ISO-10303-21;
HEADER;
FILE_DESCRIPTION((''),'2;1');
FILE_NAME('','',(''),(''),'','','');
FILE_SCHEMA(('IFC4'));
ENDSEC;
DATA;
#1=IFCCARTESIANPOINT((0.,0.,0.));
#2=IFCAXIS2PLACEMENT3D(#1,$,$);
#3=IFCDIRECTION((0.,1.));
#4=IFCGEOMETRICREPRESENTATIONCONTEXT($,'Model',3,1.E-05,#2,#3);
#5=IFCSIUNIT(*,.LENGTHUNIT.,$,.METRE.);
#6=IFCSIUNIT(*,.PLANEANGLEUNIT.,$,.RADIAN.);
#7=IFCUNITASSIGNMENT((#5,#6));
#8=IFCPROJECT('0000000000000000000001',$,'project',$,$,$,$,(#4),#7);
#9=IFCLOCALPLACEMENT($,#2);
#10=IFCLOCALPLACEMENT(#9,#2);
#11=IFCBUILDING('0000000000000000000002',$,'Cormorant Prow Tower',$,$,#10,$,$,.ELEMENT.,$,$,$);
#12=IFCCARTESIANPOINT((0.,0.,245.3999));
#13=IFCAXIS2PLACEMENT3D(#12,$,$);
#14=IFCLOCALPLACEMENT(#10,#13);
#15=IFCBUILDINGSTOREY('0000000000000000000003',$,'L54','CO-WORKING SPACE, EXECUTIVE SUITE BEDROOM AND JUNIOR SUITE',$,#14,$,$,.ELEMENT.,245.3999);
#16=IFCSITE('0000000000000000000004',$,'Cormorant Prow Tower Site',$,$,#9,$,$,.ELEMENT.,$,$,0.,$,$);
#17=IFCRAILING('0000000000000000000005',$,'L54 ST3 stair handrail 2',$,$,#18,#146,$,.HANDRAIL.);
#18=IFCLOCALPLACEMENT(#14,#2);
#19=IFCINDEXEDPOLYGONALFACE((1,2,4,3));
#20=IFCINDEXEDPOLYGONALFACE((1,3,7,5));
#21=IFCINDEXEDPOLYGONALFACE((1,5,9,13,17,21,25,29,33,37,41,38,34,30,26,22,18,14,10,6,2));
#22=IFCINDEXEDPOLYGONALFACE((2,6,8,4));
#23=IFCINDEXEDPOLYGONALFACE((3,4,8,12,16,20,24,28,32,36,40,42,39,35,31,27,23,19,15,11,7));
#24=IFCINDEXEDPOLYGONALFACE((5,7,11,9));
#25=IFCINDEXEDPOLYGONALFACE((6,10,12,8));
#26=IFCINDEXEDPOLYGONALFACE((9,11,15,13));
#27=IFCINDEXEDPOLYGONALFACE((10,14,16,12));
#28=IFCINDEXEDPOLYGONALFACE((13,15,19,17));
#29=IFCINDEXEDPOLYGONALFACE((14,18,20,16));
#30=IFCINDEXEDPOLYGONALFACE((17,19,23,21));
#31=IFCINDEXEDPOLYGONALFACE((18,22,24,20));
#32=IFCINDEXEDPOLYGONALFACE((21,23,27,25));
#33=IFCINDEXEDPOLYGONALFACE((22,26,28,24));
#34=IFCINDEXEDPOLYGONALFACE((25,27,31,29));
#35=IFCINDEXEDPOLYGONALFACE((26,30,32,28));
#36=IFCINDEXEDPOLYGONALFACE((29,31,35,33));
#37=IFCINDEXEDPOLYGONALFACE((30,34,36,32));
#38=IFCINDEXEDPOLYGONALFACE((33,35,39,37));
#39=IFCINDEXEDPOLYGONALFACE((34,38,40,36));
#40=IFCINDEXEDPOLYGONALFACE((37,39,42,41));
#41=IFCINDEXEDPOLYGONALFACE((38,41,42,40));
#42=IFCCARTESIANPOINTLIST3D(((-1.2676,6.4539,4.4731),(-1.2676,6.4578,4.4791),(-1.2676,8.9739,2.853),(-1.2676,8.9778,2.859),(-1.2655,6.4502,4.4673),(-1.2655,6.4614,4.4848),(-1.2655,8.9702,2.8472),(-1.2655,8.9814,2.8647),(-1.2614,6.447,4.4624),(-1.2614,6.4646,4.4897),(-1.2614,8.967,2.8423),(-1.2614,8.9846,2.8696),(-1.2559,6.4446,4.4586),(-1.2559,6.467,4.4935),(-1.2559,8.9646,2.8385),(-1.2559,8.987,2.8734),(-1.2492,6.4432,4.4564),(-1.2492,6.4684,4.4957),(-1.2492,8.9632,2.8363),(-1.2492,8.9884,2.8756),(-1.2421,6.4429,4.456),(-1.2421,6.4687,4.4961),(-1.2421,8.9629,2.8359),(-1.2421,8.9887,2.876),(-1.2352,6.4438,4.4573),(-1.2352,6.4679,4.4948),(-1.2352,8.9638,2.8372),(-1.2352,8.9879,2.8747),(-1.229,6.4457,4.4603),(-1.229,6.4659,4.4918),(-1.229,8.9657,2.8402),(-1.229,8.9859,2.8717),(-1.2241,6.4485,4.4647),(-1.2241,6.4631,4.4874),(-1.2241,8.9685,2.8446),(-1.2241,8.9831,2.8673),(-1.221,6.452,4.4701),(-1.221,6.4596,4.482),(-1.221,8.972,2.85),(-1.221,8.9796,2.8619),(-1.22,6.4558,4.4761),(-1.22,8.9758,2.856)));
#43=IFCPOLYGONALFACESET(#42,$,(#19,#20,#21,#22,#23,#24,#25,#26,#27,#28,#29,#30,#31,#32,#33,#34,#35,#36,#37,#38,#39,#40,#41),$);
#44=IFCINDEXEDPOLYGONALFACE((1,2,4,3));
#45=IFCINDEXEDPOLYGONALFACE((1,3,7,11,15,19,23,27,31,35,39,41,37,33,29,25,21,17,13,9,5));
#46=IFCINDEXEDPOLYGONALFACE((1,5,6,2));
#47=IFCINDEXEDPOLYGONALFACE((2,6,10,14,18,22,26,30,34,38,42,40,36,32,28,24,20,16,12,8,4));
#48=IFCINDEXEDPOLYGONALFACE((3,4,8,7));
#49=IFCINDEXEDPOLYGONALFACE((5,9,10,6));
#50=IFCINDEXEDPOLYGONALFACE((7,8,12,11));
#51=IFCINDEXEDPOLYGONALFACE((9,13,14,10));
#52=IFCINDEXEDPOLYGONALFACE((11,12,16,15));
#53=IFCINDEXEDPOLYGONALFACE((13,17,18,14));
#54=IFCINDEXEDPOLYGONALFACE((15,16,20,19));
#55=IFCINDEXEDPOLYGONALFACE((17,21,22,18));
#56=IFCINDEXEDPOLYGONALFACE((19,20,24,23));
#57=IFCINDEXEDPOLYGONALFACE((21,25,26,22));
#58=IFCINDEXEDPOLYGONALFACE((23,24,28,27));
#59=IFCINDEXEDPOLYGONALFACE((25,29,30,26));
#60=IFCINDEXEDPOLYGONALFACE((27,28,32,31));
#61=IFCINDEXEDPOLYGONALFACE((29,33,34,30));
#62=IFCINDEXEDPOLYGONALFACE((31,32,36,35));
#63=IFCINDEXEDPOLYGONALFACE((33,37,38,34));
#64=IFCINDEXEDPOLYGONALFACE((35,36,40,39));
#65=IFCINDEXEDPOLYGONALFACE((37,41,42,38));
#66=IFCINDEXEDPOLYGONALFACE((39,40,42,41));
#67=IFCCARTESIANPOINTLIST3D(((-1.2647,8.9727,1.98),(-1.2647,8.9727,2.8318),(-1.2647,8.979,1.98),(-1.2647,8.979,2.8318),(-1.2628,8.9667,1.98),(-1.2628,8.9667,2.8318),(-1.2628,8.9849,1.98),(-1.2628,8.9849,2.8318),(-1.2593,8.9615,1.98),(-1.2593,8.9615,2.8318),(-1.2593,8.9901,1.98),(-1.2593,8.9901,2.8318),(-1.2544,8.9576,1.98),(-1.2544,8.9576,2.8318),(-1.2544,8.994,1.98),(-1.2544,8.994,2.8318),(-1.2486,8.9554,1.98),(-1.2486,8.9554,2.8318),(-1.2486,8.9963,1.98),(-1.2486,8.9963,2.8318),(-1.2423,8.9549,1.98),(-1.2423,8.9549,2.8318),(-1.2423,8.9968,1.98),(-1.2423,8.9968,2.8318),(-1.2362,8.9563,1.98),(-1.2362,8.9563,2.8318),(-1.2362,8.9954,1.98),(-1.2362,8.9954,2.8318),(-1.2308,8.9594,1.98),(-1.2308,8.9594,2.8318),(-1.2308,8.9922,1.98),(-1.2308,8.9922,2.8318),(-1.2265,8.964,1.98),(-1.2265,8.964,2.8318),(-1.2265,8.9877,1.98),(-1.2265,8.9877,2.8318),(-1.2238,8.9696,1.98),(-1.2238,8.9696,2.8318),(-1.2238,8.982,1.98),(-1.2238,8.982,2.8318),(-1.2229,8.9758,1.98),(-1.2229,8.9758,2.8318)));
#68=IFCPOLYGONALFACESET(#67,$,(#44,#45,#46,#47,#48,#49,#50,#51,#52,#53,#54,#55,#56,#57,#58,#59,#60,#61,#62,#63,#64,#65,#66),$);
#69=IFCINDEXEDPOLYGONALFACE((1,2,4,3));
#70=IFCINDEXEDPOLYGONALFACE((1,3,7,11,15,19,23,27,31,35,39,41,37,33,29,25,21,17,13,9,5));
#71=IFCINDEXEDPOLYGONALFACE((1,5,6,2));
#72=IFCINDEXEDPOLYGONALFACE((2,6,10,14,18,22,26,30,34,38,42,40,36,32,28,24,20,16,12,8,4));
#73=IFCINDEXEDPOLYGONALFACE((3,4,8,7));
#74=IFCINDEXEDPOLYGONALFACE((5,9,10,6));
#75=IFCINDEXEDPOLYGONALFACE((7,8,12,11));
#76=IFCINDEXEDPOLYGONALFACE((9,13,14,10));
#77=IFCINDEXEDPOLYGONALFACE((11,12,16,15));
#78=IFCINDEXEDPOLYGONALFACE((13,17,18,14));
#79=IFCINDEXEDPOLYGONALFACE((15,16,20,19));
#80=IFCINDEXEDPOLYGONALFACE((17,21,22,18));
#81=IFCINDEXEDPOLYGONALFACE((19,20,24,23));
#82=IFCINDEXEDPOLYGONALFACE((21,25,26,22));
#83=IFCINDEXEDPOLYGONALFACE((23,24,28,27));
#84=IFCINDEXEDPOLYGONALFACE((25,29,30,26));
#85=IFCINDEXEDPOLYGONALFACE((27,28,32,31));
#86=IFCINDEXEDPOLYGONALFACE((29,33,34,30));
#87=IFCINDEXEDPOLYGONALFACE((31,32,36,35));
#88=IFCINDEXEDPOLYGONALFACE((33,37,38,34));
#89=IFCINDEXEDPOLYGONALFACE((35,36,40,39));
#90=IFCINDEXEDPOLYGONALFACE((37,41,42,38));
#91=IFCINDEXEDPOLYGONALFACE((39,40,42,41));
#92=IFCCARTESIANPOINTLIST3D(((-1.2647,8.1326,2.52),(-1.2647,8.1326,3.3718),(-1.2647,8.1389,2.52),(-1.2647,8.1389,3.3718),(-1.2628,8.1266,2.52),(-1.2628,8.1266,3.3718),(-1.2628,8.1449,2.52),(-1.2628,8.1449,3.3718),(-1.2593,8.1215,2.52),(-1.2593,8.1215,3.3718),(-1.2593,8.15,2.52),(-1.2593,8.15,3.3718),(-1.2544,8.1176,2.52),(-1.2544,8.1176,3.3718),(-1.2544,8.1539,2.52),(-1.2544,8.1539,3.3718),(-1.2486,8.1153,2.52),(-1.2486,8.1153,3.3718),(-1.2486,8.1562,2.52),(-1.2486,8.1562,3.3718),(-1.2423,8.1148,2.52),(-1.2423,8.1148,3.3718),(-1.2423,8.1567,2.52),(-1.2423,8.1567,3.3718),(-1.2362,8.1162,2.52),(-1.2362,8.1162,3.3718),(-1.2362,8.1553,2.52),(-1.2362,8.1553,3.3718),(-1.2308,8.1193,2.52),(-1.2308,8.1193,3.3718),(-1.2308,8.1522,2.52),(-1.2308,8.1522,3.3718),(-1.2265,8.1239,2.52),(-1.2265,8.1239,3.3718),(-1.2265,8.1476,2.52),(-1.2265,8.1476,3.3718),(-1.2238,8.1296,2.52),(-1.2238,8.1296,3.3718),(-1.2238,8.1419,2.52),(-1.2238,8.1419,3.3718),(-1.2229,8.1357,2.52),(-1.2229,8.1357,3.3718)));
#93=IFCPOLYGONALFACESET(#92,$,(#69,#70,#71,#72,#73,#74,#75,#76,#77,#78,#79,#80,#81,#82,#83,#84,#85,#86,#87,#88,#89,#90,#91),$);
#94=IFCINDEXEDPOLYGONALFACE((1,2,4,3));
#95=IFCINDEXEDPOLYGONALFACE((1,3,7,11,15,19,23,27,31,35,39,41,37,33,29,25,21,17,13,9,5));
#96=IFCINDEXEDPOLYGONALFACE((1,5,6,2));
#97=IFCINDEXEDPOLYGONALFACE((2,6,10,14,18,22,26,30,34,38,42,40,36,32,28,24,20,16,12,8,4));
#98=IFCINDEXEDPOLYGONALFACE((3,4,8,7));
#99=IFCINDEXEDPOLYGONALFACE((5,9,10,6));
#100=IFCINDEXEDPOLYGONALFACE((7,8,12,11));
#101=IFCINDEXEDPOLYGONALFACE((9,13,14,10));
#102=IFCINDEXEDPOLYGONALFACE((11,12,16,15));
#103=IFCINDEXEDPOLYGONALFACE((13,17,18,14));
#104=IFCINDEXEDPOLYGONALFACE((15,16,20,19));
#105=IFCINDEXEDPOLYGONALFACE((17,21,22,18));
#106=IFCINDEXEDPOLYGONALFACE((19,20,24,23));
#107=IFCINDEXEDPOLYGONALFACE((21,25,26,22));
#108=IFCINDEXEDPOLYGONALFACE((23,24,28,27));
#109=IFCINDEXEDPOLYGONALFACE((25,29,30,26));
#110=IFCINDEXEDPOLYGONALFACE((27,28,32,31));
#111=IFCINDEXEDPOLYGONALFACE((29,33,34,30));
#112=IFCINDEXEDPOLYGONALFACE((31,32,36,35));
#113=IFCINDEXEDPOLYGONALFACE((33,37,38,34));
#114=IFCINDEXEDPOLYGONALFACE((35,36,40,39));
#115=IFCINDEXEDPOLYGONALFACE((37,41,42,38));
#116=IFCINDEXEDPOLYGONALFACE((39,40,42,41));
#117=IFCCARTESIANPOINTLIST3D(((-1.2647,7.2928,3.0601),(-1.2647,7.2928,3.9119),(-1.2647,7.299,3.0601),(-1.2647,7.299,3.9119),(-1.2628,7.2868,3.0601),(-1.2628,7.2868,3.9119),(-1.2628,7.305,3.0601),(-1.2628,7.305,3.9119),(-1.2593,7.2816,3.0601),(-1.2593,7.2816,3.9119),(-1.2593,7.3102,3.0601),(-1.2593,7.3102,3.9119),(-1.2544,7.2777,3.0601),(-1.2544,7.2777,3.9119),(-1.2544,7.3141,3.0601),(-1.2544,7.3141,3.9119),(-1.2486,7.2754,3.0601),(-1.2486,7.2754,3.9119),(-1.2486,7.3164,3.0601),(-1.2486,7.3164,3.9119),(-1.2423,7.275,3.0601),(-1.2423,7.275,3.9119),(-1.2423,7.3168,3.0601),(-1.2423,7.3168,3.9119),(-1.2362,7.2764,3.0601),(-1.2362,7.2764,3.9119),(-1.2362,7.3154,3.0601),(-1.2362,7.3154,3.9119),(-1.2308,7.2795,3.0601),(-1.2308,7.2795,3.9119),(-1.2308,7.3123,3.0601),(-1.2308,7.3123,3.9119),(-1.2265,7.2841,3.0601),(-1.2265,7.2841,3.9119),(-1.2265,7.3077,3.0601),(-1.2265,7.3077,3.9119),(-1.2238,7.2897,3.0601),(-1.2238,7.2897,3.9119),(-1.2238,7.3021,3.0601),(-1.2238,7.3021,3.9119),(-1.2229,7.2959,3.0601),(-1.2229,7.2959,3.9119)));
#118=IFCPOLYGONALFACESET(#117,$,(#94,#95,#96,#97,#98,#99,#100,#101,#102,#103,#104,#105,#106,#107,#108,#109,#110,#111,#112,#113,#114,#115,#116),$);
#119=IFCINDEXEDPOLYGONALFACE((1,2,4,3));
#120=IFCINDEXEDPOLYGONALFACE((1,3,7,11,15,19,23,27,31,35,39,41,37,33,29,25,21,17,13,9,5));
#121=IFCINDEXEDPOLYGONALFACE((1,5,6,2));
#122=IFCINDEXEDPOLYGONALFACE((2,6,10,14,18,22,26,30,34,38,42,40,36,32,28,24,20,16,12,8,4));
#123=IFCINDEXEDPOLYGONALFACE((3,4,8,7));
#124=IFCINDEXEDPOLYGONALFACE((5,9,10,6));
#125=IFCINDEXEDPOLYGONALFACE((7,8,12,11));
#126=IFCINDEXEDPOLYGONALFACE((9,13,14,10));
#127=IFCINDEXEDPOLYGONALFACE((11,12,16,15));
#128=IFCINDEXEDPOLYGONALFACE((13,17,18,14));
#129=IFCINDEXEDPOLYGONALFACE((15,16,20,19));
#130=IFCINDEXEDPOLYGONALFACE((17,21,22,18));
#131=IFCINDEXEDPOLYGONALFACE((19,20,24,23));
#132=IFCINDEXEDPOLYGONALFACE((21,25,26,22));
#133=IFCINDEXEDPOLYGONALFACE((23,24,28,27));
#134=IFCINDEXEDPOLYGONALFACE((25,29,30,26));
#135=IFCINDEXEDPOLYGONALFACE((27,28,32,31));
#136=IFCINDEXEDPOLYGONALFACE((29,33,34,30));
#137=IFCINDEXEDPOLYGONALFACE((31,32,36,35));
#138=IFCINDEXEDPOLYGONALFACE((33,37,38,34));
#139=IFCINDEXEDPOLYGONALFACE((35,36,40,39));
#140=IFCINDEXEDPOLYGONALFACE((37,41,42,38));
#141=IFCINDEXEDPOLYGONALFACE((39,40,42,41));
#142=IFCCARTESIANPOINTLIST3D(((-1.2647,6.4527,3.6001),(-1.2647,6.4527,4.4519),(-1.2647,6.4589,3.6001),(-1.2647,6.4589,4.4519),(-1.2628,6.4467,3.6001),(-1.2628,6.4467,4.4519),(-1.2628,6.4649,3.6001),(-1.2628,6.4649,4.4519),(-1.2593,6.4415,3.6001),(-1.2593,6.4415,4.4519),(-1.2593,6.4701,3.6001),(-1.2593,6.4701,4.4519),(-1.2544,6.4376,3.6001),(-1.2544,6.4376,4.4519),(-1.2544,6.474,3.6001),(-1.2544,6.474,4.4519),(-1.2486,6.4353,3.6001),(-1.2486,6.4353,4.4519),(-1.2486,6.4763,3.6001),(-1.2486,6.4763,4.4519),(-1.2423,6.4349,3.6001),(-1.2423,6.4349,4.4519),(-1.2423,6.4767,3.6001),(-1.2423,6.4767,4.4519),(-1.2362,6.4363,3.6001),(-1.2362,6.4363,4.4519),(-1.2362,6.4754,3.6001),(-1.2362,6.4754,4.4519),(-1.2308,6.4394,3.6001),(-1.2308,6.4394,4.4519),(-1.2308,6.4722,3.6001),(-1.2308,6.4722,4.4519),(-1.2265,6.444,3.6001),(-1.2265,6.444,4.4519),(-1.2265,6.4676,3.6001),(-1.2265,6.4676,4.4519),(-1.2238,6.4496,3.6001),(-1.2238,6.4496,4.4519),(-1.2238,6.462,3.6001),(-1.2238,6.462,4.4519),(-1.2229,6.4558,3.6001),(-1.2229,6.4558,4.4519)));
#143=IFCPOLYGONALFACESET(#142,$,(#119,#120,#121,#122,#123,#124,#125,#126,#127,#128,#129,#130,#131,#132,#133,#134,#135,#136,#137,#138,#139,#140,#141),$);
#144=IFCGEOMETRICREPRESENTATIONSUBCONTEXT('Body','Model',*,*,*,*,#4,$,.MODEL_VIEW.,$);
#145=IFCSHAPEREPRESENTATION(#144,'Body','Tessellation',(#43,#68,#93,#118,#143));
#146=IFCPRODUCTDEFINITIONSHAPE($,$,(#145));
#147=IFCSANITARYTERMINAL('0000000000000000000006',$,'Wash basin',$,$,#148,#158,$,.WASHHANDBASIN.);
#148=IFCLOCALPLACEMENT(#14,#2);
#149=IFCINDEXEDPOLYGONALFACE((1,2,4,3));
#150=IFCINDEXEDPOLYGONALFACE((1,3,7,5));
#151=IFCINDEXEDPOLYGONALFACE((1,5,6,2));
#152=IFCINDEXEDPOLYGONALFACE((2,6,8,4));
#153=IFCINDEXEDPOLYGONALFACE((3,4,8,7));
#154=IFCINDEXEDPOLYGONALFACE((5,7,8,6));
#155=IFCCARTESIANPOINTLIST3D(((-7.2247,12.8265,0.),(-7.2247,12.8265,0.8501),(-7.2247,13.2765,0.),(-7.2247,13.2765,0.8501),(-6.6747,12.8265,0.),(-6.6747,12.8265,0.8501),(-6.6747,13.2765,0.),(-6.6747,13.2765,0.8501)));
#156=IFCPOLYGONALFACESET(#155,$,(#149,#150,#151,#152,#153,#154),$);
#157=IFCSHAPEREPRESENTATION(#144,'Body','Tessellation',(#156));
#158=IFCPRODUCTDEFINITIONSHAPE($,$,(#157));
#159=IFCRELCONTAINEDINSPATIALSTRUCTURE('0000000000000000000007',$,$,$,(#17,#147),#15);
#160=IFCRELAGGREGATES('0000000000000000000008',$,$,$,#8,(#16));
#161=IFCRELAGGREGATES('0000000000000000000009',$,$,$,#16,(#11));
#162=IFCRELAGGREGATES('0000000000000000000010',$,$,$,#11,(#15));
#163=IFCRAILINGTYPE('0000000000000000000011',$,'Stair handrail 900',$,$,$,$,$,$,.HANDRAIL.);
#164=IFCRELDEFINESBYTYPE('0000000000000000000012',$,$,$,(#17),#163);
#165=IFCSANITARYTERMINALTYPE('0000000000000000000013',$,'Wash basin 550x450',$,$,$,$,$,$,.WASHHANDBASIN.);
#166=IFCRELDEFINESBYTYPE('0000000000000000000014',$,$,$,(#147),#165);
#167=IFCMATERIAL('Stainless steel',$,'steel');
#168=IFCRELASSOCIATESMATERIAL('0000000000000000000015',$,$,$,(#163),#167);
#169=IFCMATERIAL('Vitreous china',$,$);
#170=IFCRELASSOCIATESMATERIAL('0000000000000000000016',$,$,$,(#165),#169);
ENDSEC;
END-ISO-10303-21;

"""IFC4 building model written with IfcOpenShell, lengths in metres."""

from ifc_helpers import new_model, si_unit, direction, frame, origin, origin_2d, place, context, subcontext, project, spatial, rectangle, circle, extrude, material, type_object, element, save


model = new_model("IFC4")

# Units and contexts
model_context = context("Model", 3, precision=1e-05, world=origin(), true_north=direction((0.0, 1.0)))
body_context = subcontext(model_context, "Body", "Model", "MODEL_VIEW")
ifc_project = project(units=[si_unit("LENGTHUNIT", "METRE"), si_unit("PLANEANGLEUNIT", "RADIAN")], contexts=[model_context])

# Site, building, storey
site_placement = place(None, origin())
site = spatial("IfcSite", under=ifc_project, at=site_placement, Name="Cormorant Prow Tower Site", CompositionType="ELEMENT", RefElevation=0.0)
building_placement = place(site_placement, origin())
building = spatial("IfcBuilding", under=site, at=building_placement, Name="Cormorant Prow Tower", CompositionType="ELEMENT")
storey_placement = place(building_placement, frame((0.0, 0.0, 245.3999)))
storey = spatial("IfcBuildingStorey", under=building, at=storey_placement, Name="L54", Description="CO-WORKING SPACE, EXECUTIVE SUITE BEDROOM AND JUNIOR SUITE", CompositionType="ELEMENT", Elevation=245.3999)

# Railing
ifc_material_1 = material(Name="Stainless steel", Category="steel")
railing_type = type_object("IfcRailingType", Name="Stair handrail 900", PredefinedType="HANDRAIL", material=ifc_material_1)
railing_placement = place(storey_placement, frame((-1.2439, 8.9758, 1.98)))
element("IfcRailing", 1, at=railing_placement, inside=storey, type_object=railing_type, Name="L54 ST3 stair handrail 2", PredefinedType="HANDRAIL", context=body_context, shape_type="SweptSolid", body=[
    extrude(circle(Radius=0.0239, at=origin_2d()), frame((0.0, 0.0, 0.876), z_axis=(0.0, -0.841163, 0.540782), x_axis=(1.0, 0.0, 0.0)), (0.0, 0.0, 1.0), 2.9958),
    extrude(circle(Radius=0.021, at=origin_2d()), origin(), (0.0, 0.0, 1.0), 0.8518),
    extrude(circle(Radius=0.021, at=origin_2d()), frame((0.0, -0.8401, 0.54)), (0.0, 0.0, 1.0), 0.8518),
    extrude(circle(Radius=0.021, at=origin_2d()), frame((0.0, -1.6799, 1.0801)), (0.0, 0.0, 1.0), 0.8518),
    extrude(circle(Radius=0.021, at=origin_2d()), frame((0.0, -2.52, 1.6201)), (0.0, 0.0, 1.0), 0.8518),
])

# Sanitary terminal
ifc_material_2 = material(Name="Vitreous china")
sanitary_terminal_type = type_object("IfcSanitaryTerminalType", Name="Wash basin 550x450", PredefinedType="WASHHANDBASIN", material=ifc_material_2)
sanitary_terminal_placement = place(storey_placement, frame((-6.9497, 13.0515, 0.0), z_axis=(0.0, 0.0, 1.0), x_axis=(1.0, 0.0, 0.0)))
element("IfcSanitaryTerminal", 2, at=sanitary_terminal_placement, inside=storey, type_object=sanitary_terminal_type, Name="Wash basin", PredefinedType="WASHHANDBASIN", context=body_context, shape_type="SweptSolid", body=[
    extrude(rectangle(XDim=0.55, YDim=0.45, at=origin_2d()), origin(), (0.0, 0.0, 1.0), 0.8501),
])

save(model, "model.ifc")
